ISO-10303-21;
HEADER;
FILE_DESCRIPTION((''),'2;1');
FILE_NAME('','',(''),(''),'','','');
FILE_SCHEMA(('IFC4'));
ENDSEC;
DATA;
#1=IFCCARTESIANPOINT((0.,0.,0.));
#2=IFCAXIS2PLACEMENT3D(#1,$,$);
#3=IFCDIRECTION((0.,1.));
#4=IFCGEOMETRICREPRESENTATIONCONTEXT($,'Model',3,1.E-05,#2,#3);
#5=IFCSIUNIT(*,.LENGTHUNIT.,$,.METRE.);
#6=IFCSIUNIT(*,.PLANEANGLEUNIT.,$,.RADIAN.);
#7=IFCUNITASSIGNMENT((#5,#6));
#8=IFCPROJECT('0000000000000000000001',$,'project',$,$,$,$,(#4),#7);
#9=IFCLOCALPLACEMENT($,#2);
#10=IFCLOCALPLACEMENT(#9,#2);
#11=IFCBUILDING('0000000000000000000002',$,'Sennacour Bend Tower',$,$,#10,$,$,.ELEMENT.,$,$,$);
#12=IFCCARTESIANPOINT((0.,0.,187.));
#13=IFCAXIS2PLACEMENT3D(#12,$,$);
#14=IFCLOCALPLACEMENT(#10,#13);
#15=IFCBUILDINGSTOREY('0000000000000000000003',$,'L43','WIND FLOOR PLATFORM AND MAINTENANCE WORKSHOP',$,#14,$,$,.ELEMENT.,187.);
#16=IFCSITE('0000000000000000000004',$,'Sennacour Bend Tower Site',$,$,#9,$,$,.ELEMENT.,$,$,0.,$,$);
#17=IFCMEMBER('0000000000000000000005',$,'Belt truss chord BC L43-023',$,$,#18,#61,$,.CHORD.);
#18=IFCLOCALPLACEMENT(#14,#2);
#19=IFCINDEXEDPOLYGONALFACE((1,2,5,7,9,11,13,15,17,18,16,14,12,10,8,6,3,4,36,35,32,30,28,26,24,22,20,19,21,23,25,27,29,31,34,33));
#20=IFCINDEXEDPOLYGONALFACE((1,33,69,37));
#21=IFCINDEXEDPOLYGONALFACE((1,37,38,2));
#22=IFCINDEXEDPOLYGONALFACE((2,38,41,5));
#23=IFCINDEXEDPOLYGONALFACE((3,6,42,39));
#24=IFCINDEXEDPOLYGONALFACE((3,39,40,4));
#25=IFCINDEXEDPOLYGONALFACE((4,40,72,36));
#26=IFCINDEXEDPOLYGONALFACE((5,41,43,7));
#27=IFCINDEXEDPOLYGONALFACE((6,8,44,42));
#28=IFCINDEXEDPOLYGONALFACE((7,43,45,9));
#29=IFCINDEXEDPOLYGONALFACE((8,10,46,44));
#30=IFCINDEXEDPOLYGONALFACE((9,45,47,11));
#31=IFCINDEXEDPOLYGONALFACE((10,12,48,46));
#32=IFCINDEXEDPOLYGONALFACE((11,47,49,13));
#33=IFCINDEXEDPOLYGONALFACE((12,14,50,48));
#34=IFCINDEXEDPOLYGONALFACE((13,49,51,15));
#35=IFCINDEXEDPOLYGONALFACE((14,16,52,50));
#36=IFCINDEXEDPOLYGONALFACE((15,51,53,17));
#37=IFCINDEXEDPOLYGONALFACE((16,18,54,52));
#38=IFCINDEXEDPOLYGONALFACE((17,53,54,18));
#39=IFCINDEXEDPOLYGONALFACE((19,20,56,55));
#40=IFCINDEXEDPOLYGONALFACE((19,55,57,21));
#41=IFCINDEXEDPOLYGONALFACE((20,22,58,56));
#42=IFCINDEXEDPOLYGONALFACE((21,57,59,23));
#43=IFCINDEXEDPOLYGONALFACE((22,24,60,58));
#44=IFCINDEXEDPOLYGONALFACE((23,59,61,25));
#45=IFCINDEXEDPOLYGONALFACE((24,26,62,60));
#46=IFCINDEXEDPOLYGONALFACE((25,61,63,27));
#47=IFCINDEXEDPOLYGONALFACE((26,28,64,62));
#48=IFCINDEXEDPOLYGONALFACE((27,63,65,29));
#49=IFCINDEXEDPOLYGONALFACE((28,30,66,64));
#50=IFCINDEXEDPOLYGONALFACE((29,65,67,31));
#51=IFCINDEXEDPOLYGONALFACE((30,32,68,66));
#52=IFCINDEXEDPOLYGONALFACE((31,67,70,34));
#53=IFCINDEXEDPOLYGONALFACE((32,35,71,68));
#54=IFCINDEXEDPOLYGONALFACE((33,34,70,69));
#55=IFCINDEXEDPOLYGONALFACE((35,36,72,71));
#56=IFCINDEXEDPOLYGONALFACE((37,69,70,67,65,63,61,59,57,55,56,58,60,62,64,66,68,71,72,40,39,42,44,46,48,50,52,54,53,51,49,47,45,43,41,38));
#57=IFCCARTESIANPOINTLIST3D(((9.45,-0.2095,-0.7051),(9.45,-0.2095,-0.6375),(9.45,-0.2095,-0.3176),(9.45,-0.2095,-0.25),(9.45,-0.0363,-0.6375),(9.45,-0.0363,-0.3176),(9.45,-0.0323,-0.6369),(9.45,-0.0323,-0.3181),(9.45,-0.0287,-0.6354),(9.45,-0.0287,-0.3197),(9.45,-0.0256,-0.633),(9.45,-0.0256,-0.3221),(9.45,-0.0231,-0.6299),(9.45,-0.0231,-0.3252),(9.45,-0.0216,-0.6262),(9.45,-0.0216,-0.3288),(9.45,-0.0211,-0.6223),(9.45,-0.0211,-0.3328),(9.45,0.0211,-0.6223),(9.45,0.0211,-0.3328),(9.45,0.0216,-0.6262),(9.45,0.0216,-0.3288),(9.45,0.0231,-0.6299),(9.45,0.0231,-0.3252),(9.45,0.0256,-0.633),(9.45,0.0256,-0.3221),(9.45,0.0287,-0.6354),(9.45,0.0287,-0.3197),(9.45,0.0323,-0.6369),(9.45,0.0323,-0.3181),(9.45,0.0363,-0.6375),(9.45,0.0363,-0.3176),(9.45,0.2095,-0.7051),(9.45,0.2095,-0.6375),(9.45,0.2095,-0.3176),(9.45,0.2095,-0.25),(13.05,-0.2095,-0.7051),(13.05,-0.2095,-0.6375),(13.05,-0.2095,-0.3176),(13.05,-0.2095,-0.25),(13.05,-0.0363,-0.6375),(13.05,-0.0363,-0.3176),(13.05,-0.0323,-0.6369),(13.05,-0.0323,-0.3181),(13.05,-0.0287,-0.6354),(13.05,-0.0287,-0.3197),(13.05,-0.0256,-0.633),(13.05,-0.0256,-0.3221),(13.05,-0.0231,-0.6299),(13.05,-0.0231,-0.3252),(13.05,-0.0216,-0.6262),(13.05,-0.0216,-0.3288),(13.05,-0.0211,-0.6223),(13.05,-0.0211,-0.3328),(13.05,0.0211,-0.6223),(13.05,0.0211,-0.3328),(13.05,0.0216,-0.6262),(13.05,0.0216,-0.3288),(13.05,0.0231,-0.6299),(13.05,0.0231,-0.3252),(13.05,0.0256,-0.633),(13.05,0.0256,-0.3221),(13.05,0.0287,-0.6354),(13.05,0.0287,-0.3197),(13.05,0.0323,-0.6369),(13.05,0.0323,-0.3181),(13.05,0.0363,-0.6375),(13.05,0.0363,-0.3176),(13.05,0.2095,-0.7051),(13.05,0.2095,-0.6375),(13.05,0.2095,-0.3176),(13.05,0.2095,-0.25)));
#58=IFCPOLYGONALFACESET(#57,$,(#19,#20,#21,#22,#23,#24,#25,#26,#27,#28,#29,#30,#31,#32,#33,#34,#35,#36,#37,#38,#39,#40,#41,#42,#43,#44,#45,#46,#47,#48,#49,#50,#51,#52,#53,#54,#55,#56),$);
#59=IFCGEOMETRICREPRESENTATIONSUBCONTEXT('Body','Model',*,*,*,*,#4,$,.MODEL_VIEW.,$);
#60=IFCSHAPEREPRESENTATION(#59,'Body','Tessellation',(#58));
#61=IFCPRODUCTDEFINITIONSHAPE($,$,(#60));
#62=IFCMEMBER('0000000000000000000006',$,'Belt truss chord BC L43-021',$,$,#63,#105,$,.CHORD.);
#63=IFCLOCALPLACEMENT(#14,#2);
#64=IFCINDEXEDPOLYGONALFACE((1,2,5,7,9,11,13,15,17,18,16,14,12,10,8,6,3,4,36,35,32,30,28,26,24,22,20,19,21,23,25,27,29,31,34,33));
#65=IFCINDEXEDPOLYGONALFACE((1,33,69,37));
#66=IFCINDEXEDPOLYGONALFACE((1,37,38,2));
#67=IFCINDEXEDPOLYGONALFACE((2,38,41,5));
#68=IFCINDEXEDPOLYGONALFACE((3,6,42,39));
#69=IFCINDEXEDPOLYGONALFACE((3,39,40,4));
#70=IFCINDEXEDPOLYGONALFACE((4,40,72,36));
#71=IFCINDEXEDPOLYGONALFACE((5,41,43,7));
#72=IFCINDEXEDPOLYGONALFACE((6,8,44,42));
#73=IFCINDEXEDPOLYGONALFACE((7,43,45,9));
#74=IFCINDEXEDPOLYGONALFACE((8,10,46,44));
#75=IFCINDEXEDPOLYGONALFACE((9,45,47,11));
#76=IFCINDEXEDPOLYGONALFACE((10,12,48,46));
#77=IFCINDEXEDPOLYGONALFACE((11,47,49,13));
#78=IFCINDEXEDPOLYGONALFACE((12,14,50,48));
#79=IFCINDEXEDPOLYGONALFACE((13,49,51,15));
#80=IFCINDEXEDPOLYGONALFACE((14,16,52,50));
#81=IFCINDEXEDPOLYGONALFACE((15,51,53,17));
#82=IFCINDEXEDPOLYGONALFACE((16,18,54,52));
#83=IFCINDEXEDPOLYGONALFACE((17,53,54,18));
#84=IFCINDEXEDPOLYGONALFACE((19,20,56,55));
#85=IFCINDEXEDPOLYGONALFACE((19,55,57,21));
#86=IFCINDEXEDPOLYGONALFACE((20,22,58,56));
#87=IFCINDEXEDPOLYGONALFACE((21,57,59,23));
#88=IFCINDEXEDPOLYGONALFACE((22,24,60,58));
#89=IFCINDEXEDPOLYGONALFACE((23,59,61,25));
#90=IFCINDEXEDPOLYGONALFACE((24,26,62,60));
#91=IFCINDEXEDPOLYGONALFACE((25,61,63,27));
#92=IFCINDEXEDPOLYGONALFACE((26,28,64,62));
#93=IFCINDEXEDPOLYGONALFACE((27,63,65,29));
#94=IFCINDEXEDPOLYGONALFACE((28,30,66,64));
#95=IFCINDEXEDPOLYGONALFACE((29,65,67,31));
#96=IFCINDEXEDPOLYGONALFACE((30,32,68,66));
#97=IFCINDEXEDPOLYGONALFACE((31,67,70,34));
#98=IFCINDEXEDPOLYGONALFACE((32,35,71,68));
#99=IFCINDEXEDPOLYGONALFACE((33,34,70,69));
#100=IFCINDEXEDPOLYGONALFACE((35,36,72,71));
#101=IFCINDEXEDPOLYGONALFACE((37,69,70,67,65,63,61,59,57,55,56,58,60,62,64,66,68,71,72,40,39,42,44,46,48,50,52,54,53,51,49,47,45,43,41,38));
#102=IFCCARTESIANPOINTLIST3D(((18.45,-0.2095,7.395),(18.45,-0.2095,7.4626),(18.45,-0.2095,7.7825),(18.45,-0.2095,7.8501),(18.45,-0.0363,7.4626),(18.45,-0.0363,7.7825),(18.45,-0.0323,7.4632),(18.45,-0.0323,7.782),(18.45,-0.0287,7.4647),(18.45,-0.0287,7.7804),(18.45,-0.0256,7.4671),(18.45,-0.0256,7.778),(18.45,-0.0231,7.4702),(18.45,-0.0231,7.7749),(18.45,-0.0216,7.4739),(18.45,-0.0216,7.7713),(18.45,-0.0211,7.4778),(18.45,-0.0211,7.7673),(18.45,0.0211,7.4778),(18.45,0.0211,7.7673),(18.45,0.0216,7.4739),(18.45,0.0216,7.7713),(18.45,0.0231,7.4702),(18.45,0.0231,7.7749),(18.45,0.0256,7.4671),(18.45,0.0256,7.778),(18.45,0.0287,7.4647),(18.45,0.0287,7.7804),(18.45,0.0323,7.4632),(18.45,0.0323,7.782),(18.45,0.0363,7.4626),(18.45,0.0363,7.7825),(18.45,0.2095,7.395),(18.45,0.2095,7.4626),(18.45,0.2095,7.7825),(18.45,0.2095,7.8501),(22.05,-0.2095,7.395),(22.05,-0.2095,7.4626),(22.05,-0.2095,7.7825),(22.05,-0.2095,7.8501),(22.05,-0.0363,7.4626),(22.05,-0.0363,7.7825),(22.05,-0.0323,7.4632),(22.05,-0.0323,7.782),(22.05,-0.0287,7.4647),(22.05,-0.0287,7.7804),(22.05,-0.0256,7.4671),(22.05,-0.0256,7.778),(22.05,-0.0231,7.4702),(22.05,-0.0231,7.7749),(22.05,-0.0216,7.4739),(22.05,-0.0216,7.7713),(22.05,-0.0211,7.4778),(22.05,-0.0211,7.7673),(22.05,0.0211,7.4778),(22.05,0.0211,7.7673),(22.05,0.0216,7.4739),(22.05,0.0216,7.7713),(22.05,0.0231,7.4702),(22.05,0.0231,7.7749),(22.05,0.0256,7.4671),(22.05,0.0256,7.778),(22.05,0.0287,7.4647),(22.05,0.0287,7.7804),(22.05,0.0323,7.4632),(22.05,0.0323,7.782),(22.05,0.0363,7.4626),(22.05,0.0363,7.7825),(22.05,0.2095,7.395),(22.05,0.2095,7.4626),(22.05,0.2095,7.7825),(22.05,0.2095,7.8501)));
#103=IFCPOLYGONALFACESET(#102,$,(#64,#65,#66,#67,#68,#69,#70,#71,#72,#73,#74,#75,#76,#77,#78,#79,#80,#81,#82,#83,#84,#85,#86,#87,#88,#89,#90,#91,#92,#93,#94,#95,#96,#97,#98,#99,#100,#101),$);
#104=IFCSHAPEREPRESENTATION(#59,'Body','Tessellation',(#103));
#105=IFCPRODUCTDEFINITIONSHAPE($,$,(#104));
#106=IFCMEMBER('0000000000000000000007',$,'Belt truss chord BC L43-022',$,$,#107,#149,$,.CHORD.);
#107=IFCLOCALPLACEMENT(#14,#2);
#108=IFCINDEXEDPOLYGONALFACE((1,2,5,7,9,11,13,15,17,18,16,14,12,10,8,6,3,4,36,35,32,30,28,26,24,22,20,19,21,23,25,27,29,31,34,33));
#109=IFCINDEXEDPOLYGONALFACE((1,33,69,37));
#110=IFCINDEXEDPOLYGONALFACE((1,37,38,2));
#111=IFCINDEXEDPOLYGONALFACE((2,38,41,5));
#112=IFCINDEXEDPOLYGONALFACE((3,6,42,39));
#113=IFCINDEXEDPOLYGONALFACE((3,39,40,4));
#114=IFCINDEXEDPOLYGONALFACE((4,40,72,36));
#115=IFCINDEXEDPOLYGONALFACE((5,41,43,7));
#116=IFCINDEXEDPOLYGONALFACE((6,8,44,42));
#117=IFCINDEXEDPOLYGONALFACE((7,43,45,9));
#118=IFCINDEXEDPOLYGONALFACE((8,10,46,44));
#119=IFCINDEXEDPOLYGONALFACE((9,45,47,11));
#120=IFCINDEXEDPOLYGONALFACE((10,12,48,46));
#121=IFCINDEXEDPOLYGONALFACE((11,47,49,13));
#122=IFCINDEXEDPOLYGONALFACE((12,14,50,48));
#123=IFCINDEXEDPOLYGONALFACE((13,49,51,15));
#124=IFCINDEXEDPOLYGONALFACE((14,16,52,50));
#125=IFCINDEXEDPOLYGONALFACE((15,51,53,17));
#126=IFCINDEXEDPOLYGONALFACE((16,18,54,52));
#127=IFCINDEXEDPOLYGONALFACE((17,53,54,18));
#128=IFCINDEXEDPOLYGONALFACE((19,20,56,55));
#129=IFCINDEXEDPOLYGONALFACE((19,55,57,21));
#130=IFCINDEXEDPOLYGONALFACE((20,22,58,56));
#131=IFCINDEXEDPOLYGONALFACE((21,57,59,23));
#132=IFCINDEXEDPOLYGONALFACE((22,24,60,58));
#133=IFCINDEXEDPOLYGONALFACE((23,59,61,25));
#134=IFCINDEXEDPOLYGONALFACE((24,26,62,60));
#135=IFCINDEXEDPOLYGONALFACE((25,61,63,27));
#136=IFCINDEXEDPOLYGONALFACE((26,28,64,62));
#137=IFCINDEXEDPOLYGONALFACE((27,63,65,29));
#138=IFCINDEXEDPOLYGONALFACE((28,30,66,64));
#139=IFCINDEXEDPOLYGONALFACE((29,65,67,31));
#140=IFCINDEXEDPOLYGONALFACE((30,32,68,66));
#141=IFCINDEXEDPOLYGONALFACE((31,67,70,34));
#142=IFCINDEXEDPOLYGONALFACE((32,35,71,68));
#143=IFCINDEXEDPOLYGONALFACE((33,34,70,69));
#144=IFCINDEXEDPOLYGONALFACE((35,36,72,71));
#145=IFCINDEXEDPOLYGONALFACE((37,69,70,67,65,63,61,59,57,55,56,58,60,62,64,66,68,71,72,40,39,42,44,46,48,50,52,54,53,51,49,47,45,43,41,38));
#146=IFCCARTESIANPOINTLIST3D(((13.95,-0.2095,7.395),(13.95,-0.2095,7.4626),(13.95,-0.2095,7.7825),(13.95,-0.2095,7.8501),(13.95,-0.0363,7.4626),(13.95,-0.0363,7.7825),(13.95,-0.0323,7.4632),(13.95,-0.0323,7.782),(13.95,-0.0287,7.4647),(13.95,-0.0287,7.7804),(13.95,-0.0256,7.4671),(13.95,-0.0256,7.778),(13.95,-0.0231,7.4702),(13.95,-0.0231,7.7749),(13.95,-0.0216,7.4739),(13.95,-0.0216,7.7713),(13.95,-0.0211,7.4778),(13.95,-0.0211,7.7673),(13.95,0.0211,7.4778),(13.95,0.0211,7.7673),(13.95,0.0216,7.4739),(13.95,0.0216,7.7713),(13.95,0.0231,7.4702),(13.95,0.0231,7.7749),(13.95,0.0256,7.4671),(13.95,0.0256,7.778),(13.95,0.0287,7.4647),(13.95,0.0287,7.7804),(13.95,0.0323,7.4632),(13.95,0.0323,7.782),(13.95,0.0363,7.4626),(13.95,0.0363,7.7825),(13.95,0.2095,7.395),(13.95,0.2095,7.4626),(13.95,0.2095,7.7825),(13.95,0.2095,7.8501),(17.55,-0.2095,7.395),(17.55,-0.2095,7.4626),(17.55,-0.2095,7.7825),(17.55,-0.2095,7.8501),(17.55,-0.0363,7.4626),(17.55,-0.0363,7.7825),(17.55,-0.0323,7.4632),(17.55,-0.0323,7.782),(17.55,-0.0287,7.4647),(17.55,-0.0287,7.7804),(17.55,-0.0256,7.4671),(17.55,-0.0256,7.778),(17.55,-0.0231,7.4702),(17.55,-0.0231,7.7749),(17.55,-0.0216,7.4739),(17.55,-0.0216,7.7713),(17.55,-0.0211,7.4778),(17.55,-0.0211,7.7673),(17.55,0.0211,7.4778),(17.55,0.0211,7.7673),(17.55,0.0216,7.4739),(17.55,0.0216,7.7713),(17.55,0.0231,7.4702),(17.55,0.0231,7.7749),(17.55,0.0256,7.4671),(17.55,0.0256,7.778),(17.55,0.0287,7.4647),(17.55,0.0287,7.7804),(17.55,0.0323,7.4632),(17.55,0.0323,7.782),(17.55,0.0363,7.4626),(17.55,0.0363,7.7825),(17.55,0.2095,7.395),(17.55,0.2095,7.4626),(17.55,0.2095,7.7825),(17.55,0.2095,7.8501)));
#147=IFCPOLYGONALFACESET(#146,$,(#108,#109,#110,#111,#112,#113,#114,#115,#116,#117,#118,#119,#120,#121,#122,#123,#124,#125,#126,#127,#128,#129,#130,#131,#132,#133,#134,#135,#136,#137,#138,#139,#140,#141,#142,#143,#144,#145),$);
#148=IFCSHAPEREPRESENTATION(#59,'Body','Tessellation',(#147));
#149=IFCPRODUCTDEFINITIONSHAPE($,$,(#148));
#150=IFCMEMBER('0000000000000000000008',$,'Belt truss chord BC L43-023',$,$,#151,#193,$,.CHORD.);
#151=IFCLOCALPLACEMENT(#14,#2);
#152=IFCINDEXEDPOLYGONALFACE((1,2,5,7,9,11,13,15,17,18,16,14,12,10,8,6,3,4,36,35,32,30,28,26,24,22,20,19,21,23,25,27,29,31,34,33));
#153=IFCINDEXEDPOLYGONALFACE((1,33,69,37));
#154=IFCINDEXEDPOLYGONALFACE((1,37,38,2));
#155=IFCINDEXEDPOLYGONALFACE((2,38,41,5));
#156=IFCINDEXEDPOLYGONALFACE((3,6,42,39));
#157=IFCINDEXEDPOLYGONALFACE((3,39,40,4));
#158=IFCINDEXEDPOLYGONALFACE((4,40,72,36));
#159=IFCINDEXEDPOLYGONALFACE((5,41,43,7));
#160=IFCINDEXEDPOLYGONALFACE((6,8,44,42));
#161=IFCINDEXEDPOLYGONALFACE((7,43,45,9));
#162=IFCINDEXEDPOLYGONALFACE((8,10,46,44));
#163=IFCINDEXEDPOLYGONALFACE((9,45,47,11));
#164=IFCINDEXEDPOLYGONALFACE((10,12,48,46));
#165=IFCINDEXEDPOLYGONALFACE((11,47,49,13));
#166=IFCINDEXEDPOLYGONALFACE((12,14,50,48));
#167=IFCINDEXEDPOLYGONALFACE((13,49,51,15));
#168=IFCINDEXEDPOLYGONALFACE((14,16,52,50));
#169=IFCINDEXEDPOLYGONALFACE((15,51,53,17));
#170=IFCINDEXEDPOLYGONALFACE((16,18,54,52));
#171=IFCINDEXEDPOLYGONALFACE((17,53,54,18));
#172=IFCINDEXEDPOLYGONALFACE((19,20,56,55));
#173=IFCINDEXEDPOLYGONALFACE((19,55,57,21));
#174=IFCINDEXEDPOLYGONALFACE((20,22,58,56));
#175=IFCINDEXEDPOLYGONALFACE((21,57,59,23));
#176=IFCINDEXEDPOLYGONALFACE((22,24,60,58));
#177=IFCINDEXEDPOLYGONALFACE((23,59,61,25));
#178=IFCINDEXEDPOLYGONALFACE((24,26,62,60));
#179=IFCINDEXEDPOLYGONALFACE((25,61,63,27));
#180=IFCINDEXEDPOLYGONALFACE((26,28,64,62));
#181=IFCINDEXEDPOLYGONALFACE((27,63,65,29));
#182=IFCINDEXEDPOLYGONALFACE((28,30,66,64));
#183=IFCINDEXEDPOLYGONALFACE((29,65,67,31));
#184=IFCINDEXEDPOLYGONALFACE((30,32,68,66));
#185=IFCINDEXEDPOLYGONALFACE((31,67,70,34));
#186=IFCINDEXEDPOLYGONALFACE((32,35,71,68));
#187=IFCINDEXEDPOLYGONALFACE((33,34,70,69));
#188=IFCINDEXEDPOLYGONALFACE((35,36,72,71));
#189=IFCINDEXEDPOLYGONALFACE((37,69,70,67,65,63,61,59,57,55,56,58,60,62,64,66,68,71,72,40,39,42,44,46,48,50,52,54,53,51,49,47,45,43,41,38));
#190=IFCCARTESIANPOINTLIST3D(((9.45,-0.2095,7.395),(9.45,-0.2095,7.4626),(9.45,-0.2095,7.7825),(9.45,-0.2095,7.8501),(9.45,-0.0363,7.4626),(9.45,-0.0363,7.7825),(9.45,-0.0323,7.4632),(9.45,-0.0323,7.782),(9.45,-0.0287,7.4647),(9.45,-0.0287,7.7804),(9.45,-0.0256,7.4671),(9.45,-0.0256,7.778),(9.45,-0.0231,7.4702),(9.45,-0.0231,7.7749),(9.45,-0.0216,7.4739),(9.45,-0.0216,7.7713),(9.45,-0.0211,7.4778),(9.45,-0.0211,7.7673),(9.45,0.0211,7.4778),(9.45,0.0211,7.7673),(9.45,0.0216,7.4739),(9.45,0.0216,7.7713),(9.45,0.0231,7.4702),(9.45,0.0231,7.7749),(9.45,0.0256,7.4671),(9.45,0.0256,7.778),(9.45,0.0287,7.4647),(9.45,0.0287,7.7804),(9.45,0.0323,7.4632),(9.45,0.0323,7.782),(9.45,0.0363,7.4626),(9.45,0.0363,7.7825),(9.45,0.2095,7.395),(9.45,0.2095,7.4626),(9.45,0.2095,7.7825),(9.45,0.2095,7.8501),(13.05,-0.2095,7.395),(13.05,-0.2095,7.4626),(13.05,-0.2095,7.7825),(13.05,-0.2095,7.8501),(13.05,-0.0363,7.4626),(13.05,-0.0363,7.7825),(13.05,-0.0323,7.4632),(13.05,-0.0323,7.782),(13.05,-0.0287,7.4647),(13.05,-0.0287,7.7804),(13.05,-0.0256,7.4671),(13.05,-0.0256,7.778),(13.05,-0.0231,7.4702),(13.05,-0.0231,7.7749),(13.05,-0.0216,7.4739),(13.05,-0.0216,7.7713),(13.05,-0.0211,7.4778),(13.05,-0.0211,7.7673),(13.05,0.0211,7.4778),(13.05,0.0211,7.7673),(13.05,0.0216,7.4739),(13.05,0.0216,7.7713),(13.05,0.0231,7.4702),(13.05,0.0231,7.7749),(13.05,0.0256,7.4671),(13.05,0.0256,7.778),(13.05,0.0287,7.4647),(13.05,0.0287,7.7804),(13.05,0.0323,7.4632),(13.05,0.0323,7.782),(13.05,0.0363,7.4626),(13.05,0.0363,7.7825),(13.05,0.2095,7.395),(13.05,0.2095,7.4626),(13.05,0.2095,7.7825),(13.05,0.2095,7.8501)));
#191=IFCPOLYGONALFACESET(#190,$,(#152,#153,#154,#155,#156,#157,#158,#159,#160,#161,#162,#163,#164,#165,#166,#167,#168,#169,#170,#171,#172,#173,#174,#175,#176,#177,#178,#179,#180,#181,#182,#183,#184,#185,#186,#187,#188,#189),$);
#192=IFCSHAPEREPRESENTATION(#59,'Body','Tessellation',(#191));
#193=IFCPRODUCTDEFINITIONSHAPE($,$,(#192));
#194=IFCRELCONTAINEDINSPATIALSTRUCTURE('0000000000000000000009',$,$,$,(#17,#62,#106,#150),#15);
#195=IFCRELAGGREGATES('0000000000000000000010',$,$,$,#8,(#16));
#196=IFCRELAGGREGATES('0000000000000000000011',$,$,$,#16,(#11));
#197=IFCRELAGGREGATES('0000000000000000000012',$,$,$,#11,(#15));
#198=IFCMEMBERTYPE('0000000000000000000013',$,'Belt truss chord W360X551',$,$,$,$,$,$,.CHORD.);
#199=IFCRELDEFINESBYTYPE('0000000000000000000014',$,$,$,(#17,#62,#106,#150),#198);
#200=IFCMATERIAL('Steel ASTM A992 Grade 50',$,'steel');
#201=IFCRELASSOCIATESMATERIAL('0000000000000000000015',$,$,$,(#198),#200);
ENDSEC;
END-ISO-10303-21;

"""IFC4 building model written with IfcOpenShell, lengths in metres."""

from ifc_helpers import new_model, si_unit, direction, frame, origin, origin_2d, place, context, subcontext, project, spatial, i_section, extrude, material, material_profile, profile_set, type_object, element, save


model = new_model("IFC4")

# Units and contexts
model_context = context("Model", 3, precision=1e-05, world=origin(), true_north=direction((0.0, 1.0)))
body_context = subcontext(model_context, "Body", "Model", "MODEL_VIEW")
ifc_project = project(units=[si_unit("LENGTHUNIT", "METRE"), si_unit("PLANEANGLEUNIT", "RADIAN")], contexts=[model_context])

# Site, building, storey
site_placement = place(None, origin())
site = spatial("IfcSite", under=ifc_project, at=site_placement, Name="Sennacour Bend Tower Site", CompositionType="ELEMENT", RefElevation=0.0)
building_placement = place(site_placement, origin())
building = spatial("IfcBuilding", under=site, at=building_placement, Name="Sennacour Bend Tower", CompositionType="ELEMENT")
storey_placement = place(building_placement, frame((0.0, 0.0, 187.0)))
storey = spatial("IfcBuildingStorey", under=building, at=storey_placement, Name="L43", Description="WIND FLOOR PLATFORM AND MAINTENANCE WORKSHOP", CompositionType="ELEMENT", Elevation=187.0)

# Members
ifc_material_1 = material(Name="Steel ASTM A992 Grade 50", Category="steel")
ifc_material_profile_1 = material_profile(ifc_material_1, i_section(OverallWidth=0.4189, OverallDepth=0.4551, WebThickness=0.0422, FlangeThickness=0.0676, FilletRadius=0.0151, at=origin_2d()), Name="Steel ASTM A992 Grade 50", Category="steel")
ifc_profile_set_1 = profile_set([ifc_material_profile_1], Name="Steel ASTM A992 Grade 50")
member_type_1 = type_object("IfcMemberType", Name="Belt truss chord W360X551", PredefinedType="CHORD", material=ifc_profile_set_1)
for number, where, z_axis, x_axis, name in (
    (1, (13.05, 0.0, -0.4775), (-1.0, 0.0, 0.0), (0.0, -1.0, 0.0), "Belt truss chord BC L43-023"),
    (2, (22.05, 0.0, 7.6226), (-1.0, 0.0, 0.0), (0.0, -1.0, 0.0), "Belt truss chord BC L43-021"),
    (3, (17.55, 0.0, 7.6226), (-1.0, 0.0, 0.0), (0.0, -1.0, 0.0), "Belt truss chord BC L43-022"),
    (4, (13.05, 0.0, 7.6226), (-1.0, 0.0, 0.0), (0.0, -1.0, 0.0), "Belt truss chord BC L43-023"),
):
    element("IfcMember", number, at=place(storey_placement, frame(where, z_axis=z_axis, x_axis=x_axis)), inside=storey, type_object=member_type_1, Name=name, PredefinedType="CHORD", context=body_context, shape_type="SweptSolid", body=[
        extrude(i_section(OverallWidth=0.4189, OverallDepth=0.4551, WebThickness=0.0422, FlangeThickness=0.0676, FilletRadius=0.0151, at=origin_2d()), origin(), (0.0, 0.0, 1.0), 3.6001),
    ])

save(model, "model.ifc")
